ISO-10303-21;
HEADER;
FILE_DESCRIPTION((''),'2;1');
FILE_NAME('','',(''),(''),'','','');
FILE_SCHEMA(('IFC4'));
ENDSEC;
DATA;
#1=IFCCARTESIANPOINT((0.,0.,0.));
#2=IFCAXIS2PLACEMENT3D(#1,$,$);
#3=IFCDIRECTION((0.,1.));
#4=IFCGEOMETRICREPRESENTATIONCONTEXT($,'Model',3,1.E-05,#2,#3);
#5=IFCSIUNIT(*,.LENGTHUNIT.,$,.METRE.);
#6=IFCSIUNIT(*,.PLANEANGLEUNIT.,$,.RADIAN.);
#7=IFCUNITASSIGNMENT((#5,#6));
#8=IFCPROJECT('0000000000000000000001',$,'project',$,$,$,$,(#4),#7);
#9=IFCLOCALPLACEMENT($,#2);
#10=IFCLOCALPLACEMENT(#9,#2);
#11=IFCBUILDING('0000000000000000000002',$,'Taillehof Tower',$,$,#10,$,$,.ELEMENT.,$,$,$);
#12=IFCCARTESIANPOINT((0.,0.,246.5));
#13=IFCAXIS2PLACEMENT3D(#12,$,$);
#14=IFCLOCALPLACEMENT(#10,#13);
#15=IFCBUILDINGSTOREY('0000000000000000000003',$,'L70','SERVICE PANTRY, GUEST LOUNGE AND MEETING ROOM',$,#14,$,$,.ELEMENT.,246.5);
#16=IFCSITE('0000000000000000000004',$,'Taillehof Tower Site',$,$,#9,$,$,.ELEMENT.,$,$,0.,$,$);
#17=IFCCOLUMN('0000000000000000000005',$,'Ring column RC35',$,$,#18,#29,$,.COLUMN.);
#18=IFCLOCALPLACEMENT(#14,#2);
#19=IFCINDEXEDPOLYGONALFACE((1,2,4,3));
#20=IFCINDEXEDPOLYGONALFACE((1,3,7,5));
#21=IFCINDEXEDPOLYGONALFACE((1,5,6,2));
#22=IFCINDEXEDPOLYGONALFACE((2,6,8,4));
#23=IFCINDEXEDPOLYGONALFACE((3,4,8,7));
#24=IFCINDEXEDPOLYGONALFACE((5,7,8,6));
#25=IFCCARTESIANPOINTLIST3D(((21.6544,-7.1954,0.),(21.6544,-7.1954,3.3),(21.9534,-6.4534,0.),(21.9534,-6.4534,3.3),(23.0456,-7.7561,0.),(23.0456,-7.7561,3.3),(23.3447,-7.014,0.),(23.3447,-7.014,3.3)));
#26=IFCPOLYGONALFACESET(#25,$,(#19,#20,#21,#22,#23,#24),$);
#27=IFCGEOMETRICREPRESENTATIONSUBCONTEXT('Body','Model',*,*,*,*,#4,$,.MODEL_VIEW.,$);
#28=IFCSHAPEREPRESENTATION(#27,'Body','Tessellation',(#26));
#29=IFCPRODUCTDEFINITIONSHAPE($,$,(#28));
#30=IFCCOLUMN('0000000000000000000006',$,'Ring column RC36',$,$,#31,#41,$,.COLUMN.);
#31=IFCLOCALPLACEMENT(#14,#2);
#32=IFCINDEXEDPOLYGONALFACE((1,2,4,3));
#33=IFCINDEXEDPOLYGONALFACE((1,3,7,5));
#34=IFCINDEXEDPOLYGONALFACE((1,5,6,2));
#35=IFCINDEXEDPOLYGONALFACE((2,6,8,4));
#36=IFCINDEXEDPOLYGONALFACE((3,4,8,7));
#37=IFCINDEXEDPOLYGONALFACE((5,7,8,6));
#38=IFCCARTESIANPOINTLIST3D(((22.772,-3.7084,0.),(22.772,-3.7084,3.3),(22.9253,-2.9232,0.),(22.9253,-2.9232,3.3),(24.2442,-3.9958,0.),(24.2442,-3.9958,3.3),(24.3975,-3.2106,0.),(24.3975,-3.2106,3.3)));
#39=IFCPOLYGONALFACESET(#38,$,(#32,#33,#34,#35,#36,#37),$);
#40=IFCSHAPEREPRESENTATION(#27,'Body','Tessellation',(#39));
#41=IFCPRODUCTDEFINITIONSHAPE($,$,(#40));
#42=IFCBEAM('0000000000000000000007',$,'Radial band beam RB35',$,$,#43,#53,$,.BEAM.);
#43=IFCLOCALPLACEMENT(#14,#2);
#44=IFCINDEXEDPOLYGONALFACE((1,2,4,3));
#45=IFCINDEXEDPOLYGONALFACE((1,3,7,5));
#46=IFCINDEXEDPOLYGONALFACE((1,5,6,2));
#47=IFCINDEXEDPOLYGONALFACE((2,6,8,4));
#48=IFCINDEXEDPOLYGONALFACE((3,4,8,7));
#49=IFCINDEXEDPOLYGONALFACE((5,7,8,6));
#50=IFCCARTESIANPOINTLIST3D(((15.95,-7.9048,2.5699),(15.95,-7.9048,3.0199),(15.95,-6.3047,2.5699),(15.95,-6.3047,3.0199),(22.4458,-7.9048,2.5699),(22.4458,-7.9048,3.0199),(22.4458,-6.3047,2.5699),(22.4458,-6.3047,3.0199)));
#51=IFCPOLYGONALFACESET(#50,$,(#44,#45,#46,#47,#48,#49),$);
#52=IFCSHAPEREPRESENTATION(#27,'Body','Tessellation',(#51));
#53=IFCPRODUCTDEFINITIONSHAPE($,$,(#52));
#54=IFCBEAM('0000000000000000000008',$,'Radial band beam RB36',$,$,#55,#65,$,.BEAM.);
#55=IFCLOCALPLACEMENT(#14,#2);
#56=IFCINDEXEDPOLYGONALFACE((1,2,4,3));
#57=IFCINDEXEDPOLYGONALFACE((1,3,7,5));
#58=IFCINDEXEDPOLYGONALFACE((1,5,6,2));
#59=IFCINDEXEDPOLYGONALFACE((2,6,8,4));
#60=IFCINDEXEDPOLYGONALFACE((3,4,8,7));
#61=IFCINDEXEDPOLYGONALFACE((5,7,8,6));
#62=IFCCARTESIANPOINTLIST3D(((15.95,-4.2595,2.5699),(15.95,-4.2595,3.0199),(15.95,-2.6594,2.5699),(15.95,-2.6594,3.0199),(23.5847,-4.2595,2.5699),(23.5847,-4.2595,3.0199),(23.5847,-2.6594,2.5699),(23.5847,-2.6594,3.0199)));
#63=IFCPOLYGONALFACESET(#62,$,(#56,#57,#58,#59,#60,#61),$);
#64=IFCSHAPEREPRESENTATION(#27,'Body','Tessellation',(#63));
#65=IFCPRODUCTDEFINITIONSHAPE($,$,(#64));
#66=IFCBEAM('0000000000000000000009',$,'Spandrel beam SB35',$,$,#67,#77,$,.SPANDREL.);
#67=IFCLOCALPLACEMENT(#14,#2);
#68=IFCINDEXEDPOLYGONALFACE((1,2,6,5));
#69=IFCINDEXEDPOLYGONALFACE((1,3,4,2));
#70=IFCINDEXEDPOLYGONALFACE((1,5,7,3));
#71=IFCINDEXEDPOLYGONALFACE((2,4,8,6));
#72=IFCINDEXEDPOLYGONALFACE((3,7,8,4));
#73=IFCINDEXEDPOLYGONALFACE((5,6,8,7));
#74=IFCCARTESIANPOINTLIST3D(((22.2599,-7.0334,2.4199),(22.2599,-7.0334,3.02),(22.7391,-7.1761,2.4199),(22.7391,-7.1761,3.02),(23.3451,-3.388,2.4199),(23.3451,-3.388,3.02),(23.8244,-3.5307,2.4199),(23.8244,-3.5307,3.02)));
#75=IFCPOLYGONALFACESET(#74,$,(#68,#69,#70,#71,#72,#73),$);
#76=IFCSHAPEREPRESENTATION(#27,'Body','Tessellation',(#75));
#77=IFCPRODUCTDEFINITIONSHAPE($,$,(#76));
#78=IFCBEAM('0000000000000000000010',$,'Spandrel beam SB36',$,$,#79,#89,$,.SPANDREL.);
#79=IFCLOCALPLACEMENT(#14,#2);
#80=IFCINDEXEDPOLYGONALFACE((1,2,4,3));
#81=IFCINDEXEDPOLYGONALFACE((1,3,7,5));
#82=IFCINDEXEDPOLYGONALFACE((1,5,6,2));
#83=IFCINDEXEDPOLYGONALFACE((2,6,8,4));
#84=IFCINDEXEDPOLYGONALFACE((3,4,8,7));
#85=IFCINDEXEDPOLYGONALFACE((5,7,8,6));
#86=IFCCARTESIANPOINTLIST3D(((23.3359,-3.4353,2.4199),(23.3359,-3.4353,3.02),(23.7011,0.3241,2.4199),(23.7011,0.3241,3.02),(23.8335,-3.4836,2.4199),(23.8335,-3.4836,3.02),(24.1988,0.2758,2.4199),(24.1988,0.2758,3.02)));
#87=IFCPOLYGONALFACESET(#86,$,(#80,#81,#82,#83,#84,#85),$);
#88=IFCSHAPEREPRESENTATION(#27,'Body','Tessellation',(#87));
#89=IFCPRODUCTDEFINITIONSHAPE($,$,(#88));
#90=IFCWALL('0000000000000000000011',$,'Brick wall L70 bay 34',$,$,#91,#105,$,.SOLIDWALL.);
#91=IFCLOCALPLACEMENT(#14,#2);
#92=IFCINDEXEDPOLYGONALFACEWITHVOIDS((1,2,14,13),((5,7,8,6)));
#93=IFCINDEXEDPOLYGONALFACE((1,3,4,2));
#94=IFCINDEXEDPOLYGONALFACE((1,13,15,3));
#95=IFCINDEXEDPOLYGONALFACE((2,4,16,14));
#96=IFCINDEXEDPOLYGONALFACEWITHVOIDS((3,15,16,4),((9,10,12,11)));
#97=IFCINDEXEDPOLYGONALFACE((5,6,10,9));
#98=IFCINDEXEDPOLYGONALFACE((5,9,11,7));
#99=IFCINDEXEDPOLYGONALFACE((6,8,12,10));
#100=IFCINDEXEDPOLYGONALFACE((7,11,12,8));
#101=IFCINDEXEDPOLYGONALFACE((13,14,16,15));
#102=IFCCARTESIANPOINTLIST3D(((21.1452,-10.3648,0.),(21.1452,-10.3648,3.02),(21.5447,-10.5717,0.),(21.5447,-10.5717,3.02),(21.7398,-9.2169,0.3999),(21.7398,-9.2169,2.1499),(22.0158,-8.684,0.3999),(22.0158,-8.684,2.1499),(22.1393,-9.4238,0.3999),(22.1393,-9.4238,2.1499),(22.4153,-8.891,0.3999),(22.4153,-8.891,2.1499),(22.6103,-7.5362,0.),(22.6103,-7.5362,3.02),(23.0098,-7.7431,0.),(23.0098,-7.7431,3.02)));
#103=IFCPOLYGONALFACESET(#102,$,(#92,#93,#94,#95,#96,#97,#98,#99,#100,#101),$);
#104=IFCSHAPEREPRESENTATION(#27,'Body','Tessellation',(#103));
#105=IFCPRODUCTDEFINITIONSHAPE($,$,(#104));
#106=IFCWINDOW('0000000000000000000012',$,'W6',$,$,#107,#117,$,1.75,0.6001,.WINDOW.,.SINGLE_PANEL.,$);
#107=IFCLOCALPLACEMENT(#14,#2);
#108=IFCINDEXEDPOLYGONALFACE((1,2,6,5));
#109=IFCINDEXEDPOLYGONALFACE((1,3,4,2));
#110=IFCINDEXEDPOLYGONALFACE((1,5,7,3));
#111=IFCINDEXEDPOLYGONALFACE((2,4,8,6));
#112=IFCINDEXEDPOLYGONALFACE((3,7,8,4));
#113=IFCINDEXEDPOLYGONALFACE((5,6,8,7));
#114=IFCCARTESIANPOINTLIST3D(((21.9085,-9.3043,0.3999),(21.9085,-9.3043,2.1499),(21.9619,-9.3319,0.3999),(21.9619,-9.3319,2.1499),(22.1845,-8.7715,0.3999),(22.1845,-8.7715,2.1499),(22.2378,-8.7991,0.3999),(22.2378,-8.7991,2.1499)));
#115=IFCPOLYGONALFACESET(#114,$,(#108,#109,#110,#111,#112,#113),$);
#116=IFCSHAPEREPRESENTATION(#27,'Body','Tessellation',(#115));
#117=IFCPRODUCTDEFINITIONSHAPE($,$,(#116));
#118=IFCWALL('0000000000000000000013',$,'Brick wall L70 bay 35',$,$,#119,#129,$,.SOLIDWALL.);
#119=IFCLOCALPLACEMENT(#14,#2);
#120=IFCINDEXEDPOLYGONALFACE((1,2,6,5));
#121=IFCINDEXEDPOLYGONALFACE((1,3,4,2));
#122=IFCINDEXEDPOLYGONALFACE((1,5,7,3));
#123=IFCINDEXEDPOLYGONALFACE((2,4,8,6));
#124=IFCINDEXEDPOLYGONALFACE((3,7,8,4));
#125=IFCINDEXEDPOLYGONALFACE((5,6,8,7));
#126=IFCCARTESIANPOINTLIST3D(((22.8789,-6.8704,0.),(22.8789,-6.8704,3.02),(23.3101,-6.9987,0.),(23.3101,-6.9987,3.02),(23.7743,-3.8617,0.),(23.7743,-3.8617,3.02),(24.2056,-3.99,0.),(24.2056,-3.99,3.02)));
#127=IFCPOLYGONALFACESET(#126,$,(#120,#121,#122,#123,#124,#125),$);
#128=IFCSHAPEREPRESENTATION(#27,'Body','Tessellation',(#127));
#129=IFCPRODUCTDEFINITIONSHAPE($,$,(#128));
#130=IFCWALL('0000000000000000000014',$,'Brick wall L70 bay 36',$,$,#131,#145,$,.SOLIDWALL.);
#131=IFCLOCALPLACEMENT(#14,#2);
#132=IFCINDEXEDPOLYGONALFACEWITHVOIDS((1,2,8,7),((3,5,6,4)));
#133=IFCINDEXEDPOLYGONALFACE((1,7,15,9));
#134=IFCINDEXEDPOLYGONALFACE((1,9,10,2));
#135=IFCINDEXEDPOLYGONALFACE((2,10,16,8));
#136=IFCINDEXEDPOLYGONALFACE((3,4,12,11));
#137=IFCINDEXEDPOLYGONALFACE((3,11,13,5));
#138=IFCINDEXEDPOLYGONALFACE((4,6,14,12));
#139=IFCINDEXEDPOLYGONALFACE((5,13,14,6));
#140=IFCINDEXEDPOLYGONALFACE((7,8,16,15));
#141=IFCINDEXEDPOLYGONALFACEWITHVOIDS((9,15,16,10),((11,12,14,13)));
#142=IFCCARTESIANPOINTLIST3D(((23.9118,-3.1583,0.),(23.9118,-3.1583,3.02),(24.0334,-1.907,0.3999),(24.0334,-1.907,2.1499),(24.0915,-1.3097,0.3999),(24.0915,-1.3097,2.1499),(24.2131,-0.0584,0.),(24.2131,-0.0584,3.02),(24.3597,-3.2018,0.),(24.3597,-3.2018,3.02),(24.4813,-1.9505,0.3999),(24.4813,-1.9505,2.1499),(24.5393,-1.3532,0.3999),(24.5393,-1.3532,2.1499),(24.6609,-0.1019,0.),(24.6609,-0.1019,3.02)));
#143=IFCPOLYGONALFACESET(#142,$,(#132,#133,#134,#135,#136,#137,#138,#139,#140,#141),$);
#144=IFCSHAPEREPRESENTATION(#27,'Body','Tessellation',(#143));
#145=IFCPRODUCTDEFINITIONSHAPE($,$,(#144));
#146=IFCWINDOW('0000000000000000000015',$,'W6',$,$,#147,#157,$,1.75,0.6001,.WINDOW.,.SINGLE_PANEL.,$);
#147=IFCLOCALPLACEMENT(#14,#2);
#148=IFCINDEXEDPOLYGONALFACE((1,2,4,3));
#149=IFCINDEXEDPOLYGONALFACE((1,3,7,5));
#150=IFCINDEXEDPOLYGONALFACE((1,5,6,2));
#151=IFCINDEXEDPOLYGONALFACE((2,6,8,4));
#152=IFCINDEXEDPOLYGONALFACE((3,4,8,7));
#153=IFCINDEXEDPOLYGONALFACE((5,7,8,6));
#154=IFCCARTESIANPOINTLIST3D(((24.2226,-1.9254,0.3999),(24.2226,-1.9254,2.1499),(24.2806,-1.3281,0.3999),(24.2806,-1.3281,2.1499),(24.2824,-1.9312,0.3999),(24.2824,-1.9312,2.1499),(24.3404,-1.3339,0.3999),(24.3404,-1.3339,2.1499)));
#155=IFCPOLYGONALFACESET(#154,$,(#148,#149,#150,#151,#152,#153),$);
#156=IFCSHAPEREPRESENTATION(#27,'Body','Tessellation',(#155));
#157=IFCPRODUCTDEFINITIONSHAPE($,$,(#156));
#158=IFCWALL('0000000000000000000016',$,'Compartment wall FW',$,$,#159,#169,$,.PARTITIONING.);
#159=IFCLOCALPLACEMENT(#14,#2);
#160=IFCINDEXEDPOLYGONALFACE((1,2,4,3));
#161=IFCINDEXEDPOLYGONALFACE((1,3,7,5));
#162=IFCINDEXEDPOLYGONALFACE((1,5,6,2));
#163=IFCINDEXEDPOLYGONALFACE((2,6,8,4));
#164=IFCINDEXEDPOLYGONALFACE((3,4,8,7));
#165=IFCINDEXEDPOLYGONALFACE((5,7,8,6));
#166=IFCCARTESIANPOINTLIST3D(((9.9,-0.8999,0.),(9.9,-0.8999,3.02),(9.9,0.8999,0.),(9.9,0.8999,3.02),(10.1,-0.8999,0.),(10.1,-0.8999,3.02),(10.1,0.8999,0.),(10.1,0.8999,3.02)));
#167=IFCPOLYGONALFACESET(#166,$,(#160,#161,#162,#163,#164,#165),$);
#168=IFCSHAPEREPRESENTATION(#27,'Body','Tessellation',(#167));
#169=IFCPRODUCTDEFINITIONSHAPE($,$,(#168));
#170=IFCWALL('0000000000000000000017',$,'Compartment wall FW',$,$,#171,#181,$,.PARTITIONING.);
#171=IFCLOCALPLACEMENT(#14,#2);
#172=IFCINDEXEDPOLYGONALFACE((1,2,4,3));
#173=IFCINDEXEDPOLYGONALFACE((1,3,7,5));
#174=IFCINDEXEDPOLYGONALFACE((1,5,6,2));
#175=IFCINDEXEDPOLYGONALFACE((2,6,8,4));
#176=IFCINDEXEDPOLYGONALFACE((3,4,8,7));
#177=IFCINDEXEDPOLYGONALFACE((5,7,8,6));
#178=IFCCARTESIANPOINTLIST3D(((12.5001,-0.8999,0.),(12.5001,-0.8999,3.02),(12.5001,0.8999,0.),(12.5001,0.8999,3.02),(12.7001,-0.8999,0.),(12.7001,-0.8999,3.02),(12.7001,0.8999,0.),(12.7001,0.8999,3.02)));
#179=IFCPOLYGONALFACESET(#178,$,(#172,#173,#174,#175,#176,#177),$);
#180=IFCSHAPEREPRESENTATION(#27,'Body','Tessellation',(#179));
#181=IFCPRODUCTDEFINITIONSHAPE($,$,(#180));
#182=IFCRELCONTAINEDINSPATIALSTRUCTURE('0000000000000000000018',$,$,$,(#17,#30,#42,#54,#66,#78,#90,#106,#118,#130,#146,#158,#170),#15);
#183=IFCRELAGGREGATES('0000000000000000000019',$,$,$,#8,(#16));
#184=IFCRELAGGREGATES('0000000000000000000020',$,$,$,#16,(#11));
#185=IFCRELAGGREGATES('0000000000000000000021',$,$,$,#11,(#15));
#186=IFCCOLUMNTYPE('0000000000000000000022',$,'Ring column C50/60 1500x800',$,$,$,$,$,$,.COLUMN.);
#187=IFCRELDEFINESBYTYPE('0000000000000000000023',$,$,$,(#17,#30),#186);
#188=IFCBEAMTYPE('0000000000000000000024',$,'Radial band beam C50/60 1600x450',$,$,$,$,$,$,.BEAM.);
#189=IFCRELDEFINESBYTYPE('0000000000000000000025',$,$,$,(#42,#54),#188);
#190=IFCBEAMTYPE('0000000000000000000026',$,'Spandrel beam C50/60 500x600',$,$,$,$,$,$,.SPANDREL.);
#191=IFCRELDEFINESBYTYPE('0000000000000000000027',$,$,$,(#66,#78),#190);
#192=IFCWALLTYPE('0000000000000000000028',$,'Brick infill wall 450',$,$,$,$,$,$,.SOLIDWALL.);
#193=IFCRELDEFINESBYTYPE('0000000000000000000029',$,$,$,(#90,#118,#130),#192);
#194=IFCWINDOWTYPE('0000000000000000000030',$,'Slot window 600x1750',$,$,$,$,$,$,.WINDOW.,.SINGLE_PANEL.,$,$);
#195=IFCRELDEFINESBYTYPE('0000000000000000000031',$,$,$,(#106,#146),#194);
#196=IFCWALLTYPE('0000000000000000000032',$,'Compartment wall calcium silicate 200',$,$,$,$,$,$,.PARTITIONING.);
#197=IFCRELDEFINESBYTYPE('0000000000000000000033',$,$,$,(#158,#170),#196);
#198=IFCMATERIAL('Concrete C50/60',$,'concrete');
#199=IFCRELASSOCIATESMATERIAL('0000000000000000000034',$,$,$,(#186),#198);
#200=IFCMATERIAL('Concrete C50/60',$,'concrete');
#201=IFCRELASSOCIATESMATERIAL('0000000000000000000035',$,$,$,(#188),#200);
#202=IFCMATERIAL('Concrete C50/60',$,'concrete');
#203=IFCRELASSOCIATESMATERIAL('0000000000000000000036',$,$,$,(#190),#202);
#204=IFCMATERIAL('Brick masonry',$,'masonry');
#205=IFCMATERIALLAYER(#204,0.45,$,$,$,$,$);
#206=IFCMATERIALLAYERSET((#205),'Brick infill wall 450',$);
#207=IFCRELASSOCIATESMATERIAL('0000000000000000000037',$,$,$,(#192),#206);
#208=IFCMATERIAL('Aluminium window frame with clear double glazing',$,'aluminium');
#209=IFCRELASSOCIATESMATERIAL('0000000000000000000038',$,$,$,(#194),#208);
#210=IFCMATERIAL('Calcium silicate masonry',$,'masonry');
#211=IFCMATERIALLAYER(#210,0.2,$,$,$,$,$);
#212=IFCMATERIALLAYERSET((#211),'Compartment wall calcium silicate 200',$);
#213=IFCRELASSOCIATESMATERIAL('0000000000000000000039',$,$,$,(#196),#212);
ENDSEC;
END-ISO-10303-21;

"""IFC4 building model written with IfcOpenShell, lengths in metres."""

from ifc_helpers import new_model, si_unit, direction, frame, frame_2d, origin, origin_2d, place, context, subcontext, project, spatial, rectangle, extrude, material, layer, layer_set, material_profile, profile_set, type_object, element, fill, save


model = new_model("IFC4")

# Units and contexts
model_context = context("Model", 3, precision=1e-05, world=origin(), true_north=direction((0.0, 1.0)))
body_context = subcontext(model_context, "Body", "Model", "MODEL_VIEW")
ifc_project = project(units=[si_unit("LENGTHUNIT", "METRE"), si_unit("PLANEANGLEUNIT", "RADIAN")], contexts=[model_context])

# Site, building, storey
site_placement = place(None, origin())
site = spatial("IfcSite", under=ifc_project, at=site_placement, Name="Taillehof Tower Site", CompositionType="ELEMENT", RefElevation=0.0)
building_placement = place(site_placement, origin())
building = spatial("IfcBuilding", under=site, at=building_placement, Name="Taillehof Tower", CompositionType="ELEMENT")
storey_placement = place(building_placement, frame((0.0, 0.0, 246.5)))
storey = spatial("IfcBuildingStorey", under=building, at=storey_placement, Name="L70", Description="SERVICE PANTRY, GUEST LOUNGE AND MEETING ROOM", CompositionType="ELEMENT", Elevation=246.5)

# Columns
ifc_material_1 = material(Name="Concrete C50/60", Category="concrete")
ifc_material_profile_1 = material_profile(ifc_material_1, rectangle(XDim=1.5, YDim=0.8, at=origin_2d()), Name="RC 1500x800")
ifc_profile_set_1 = profile_set([ifc_material_profile_1], Name="Concrete C50/60")
column_type = type_object("IfcColumnType", Name="Ring column C50/60 1500x800", PredefinedType="COLUMN", material=ifc_profile_set_1)
for number, where, z_axis, x_axis, name in (
    (1, (22.4995, -7.1047, 0.0), (0.0, 0.0, 1.0), (0.927525, -0.373762, 0.0), "Ring column RC35"),
    (2, (23.5847, -3.4595, 0.0), (0.0, 0.0, 1.0), (0.981473, -0.191602, 0.0), "Ring column RC36"),
):
    element("IfcColumn", number, at=place(storey_placement, frame(where, z_axis=z_axis, x_axis=x_axis)), inside=storey, type_object=column_type, Name=name, PredefinedType="COLUMN", context=body_context, shape_type="SweptSolid", body=[
        extrude(rectangle(XDim=1.5, YDim=0.8, at=origin_2d()), origin(), (0.0, 0.0, 1.0), 3.3),
    ])

# Beams
ifc_material_2 = material(Name="Concrete C50/60", Category="concrete")
ifc_material_profile_2 = material_profile(ifc_material_2, rectangle(XDim=1.6001, YDim=0.45, at=origin_2d()), Name="RC 1600x450")
ifc_profile_set_2 = profile_set([ifc_material_profile_2], Name="Concrete C50/60")
beam_type_1 = type_object("IfcBeamType", Name="Radial band beam C50/60 1600x450", PredefinedType="BEAM", material=ifc_profile_set_2)
beam_1_placement = place(storey_placement, frame((22.4458, -7.1047, 2.7949), z_axis=(-1.0, 0.0, 0.0), x_axis=(0.0, -1.0, 0.0)))
element("IfcBeam", 3, at=beam_1_placement, inside=storey, type_object=beam_type_1, Name="Radial band beam RB35", PredefinedType="BEAM", context=body_context, shape_type="SweptSolid", body=[
    extrude(rectangle(XDim=1.6001, YDim=0.45, at=origin_2d()), origin(), (0.0, 0.0, 1.0), 6.4958),
])
beam_2_placement = place(storey_placement, frame((23.5847, -3.4595, 2.7949), z_axis=(-1.0, 0.0, 0.0), x_axis=(0.0, -1.0, 0.0)))
element("IfcBeam", 4, at=beam_2_placement, inside=storey, type_object=beam_type_1, Name="Radial band beam RB36", PredefinedType="BEAM", context=body_context, shape_type="SweptSolid", body=[
    extrude(rectangle(XDim=1.6001, YDim=0.45, at=origin_2d()), origin(), (0.0, 0.0, 1.0), 7.6348),
])
ifc_material_3 = material(Name="Concrete C50/60", Category="concrete")
ifc_material_profile_3 = material_profile(ifc_material_3, rectangle(XDim=0.5, YDim=0.6001, at=origin_2d()), Name="RC 500x600")
ifc_profile_set_3 = profile_set([ifc_material_profile_3], Name="Concrete C50/60")
beam_type_2 = type_object("IfcBeamType", Name="Spandrel beam C50/60 500x600", PredefinedType="SPANDREL", material=ifc_profile_set_3)
beam_3_placement = place(storey_placement, frame((22.4995, -7.1047, 2.72), z_axis=(0.285327, 0.95843, 0.0), x_axis=(-0.95843, 0.285327, 0.0)))
element("IfcBeam", 5, at=beam_3_placement, inside=storey, type_object=beam_type_2, Name="Spandrel beam SB35", PredefinedType="SPANDREL", context=body_context, shape_type="SweptSolid", body=[
    extrude(rectangle(XDim=0.5, YDim=0.6001, at=origin_2d()), origin(), (0.0, 0.0, 1.0), 3.8035),
])
beam_4_placement = place(storey_placement, frame((23.5847, -3.4595, 2.72), z_axis=(0.096694, 0.995314, 0.0), x_axis=(-0.995314, 0.096694, 0.0)))
element("IfcBeam", 6, at=beam_4_placement, inside=storey, type_object=beam_type_2, Name="Spandrel beam SB36", PredefinedType="SPANDREL", context=body_context, shape_type="SweptSolid", body=[
    extrude(rectangle(XDim=0.5, YDim=0.6001, at=origin_2d()), origin(), (0.0, 0.0, 1.0), 3.7771),
])

# Wall, opening, window
ifc_material_4 = material(Name="Brick masonry", Category="masonry")
ifc_layer_1 = layer(ifc_material_4, 0.45)
ifc_layer_set_1 = layer_set([ifc_layer_1], Name="Brick infill wall 450")
wall_type_1 = type_object("IfcWallType", Name="Brick infill wall 450", PredefinedType="SOLIDWALL", material=ifc_layer_set_1)
wall_1_placement = place(storey_placement, frame((21.345, -10.4683, 0.0), z_axis=(0.0, 0.0, 1.0), x_axis=(0.459921, 0.88796, 0.0)))
wall_1 = element("IfcWall", 7, at=wall_1_placement, inside=storey, type_object=wall_type_1, Name="Brick wall L70 bay 34", PredefinedType="SOLIDWALL", context=body_context, shape_type="SweptSolid", body=[
    extrude(rectangle(XDim=3.1855, YDim=0.45, at=frame_2d((1.5928, 0.0))), origin(), (0.0, 0.0, 1.0), 3.02),
])
opening_1_placement = place(wall_1_placement, frame((1.2927, 0.0, 0.3999)))
opening_1 = element("IfcOpeningElement", 8, at=opening_1_placement, cuts=wall_1, PredefinedType="OPENING", context=body_context, shape_type="SweptSolid", body=[
    extrude(rectangle(XDim=0.6001, YDim=1.75, at=frame_2d((0.3, 0.875))), frame((0.0, 0.2349, 0.0), z_axis=(0.0, -1.0, 0.0), x_axis=(1.0, 0.0, 0.0)), (0.0, 0.0, 1.0), 0.47),
])
ifc_material_5 = material(Name="Aluminium window frame with clear double glazing", Category="aluminium")
window_type = type_object("IfcWindowType", Name="Slot window 600x1750", PartitioningType="SINGLE_PANEL", PredefinedType="WINDOW", material=ifc_material_5)
window_1_placement = place(opening_1_placement, origin())
window_1 = element("IfcWindow", 9, at=window_1_placement, inside=storey, type_object=window_type, Name="W6", OverallHeight=1.75, OverallWidth=0.6001, PartitioningType="SINGLE_PANEL", PredefinedType="WINDOW", context=body_context, shape_type="SweptSolid", body=[
    extrude(rectangle(XDim=0.6001, YDim=1.75, at=frame_2d((0.3, 0.875))), frame((0.0, 0.0349, 0.0), z_axis=(0.0, -1.0, 0.0), x_axis=(1.0, 0.0, 0.0)), (0.0, 0.0, 1.0), 0.0601),
])
fill(opening_1, window_1)

# Wall
wall_2_placement = place(storey_placement, frame((23.0945, -6.9346, 0.0), z_axis=(0.0, 0.0, 1.0), x_axis=(0.285264, 0.958449, 0.0)))
element("IfcWall", 10, at=wall_2_placement, inside=storey, type_object=wall_type_1, Name="Brick wall L70 bay 35", PredefinedType="SOLIDWALL", context=body_context, shape_type="SweptSolid", body=[
    extrude(rectangle(XDim=3.1392, YDim=0.45, at=frame_2d((1.5696, 0.0))), origin(), (0.0, 0.0, 1.0), 3.02),
])

# Wall, opening, window
wall_3_placement = place(storey_placement, frame((24.1357, -3.1799, 0.0), z_axis=(0.0, 0.0, 1.0), x_axis=(0.096733, 0.99531, 0.0)))
wall_3 = element("IfcWall", 11, at=wall_3_placement, inside=storey, type_object=wall_type_1, Name="Brick wall L70 bay 36", PredefinedType="SOLIDWALL", context=body_context, shape_type="SweptSolid", body=[
    extrude(rectangle(XDim=3.1145, YDim=0.45, at=frame_2d((1.5571, 0.0))), origin(), (0.0, 0.0, 1.0), 3.02),
])
opening_2_placement = place(wall_3_placement, frame((1.2571, 0.0, 0.3999)))
opening_2 = element("IfcOpeningElement", 12, at=opening_2_placement, cuts=wall_3, PredefinedType="OPENING", context=body_context, shape_type="SweptSolid", body=[
    extrude(rectangle(XDim=0.6001, YDim=1.75, at=frame_2d((0.3, 0.875))), frame((0.0, 0.2349, 0.0), z_axis=(0.0, -1.0, 0.0), x_axis=(1.0, 0.0, 0.0)), (0.0, 0.0, 1.0), 0.47),
])
window_2_placement = place(opening_2_placement, origin())
window_2 = element("IfcWindow", 13, at=window_2_placement, inside=storey, type_object=window_type, Name="W6", OverallHeight=1.75, OverallWidth=0.6001, PartitioningType="SINGLE_PANEL", PredefinedType="WINDOW", context=body_context, shape_type="SweptSolid", body=[
    extrude(rectangle(XDim=0.6001, YDim=1.75, at=frame_2d((0.3, 0.875))), frame((0.0, 0.0349, 0.0), z_axis=(0.0, -1.0, 0.0), x_axis=(1.0, 0.0, 0.0)), (0.0, 0.0, 1.0), 0.0601),
])
fill(opening_2, window_2)

# Walls
ifc_material_6 = material(Name="Calcium silicate masonry", Category="masonry")
ifc_layer_2 = layer(ifc_material_6, 0.2)
ifc_layer_set_2 = layer_set([ifc_layer_2], Name="Compartment wall calcium silicate 200")
wall_type_2 = type_object("IfcWallType", Name="Compartment wall calcium silicate 200", PredefinedType="PARTITIONING", material=ifc_layer_set_2)
for number, where, z_axis, x_axis, name in (
    (14, (10.0, -0.8999, 0.0), (0.0, 0.0, 1.0), (0.0, 1.0, 0.0), "Compartment wall FW"),
    (15, (12.6001, -0.8999, 0.0), (0.0, 0.0, 1.0), (0.0, 1.0, 0.0), "Compartment wall FW"),
):
    element("IfcWall", number, at=place(storey_placement, frame(where, z_axis=z_axis, x_axis=x_axis)), inside=storey, type_object=wall_type_2, Name=name, PredefinedType="PARTITIONING", context=body_context, shape_type="SweptSolid", body=[
        extrude(rectangle(XDim=1.7998, YDim=0.2, at=frame_2d((0.8999, 0.0))), origin(), (0.0, 0.0, 1.0), 3.02),
    ])

save(model, "model.ifc")
